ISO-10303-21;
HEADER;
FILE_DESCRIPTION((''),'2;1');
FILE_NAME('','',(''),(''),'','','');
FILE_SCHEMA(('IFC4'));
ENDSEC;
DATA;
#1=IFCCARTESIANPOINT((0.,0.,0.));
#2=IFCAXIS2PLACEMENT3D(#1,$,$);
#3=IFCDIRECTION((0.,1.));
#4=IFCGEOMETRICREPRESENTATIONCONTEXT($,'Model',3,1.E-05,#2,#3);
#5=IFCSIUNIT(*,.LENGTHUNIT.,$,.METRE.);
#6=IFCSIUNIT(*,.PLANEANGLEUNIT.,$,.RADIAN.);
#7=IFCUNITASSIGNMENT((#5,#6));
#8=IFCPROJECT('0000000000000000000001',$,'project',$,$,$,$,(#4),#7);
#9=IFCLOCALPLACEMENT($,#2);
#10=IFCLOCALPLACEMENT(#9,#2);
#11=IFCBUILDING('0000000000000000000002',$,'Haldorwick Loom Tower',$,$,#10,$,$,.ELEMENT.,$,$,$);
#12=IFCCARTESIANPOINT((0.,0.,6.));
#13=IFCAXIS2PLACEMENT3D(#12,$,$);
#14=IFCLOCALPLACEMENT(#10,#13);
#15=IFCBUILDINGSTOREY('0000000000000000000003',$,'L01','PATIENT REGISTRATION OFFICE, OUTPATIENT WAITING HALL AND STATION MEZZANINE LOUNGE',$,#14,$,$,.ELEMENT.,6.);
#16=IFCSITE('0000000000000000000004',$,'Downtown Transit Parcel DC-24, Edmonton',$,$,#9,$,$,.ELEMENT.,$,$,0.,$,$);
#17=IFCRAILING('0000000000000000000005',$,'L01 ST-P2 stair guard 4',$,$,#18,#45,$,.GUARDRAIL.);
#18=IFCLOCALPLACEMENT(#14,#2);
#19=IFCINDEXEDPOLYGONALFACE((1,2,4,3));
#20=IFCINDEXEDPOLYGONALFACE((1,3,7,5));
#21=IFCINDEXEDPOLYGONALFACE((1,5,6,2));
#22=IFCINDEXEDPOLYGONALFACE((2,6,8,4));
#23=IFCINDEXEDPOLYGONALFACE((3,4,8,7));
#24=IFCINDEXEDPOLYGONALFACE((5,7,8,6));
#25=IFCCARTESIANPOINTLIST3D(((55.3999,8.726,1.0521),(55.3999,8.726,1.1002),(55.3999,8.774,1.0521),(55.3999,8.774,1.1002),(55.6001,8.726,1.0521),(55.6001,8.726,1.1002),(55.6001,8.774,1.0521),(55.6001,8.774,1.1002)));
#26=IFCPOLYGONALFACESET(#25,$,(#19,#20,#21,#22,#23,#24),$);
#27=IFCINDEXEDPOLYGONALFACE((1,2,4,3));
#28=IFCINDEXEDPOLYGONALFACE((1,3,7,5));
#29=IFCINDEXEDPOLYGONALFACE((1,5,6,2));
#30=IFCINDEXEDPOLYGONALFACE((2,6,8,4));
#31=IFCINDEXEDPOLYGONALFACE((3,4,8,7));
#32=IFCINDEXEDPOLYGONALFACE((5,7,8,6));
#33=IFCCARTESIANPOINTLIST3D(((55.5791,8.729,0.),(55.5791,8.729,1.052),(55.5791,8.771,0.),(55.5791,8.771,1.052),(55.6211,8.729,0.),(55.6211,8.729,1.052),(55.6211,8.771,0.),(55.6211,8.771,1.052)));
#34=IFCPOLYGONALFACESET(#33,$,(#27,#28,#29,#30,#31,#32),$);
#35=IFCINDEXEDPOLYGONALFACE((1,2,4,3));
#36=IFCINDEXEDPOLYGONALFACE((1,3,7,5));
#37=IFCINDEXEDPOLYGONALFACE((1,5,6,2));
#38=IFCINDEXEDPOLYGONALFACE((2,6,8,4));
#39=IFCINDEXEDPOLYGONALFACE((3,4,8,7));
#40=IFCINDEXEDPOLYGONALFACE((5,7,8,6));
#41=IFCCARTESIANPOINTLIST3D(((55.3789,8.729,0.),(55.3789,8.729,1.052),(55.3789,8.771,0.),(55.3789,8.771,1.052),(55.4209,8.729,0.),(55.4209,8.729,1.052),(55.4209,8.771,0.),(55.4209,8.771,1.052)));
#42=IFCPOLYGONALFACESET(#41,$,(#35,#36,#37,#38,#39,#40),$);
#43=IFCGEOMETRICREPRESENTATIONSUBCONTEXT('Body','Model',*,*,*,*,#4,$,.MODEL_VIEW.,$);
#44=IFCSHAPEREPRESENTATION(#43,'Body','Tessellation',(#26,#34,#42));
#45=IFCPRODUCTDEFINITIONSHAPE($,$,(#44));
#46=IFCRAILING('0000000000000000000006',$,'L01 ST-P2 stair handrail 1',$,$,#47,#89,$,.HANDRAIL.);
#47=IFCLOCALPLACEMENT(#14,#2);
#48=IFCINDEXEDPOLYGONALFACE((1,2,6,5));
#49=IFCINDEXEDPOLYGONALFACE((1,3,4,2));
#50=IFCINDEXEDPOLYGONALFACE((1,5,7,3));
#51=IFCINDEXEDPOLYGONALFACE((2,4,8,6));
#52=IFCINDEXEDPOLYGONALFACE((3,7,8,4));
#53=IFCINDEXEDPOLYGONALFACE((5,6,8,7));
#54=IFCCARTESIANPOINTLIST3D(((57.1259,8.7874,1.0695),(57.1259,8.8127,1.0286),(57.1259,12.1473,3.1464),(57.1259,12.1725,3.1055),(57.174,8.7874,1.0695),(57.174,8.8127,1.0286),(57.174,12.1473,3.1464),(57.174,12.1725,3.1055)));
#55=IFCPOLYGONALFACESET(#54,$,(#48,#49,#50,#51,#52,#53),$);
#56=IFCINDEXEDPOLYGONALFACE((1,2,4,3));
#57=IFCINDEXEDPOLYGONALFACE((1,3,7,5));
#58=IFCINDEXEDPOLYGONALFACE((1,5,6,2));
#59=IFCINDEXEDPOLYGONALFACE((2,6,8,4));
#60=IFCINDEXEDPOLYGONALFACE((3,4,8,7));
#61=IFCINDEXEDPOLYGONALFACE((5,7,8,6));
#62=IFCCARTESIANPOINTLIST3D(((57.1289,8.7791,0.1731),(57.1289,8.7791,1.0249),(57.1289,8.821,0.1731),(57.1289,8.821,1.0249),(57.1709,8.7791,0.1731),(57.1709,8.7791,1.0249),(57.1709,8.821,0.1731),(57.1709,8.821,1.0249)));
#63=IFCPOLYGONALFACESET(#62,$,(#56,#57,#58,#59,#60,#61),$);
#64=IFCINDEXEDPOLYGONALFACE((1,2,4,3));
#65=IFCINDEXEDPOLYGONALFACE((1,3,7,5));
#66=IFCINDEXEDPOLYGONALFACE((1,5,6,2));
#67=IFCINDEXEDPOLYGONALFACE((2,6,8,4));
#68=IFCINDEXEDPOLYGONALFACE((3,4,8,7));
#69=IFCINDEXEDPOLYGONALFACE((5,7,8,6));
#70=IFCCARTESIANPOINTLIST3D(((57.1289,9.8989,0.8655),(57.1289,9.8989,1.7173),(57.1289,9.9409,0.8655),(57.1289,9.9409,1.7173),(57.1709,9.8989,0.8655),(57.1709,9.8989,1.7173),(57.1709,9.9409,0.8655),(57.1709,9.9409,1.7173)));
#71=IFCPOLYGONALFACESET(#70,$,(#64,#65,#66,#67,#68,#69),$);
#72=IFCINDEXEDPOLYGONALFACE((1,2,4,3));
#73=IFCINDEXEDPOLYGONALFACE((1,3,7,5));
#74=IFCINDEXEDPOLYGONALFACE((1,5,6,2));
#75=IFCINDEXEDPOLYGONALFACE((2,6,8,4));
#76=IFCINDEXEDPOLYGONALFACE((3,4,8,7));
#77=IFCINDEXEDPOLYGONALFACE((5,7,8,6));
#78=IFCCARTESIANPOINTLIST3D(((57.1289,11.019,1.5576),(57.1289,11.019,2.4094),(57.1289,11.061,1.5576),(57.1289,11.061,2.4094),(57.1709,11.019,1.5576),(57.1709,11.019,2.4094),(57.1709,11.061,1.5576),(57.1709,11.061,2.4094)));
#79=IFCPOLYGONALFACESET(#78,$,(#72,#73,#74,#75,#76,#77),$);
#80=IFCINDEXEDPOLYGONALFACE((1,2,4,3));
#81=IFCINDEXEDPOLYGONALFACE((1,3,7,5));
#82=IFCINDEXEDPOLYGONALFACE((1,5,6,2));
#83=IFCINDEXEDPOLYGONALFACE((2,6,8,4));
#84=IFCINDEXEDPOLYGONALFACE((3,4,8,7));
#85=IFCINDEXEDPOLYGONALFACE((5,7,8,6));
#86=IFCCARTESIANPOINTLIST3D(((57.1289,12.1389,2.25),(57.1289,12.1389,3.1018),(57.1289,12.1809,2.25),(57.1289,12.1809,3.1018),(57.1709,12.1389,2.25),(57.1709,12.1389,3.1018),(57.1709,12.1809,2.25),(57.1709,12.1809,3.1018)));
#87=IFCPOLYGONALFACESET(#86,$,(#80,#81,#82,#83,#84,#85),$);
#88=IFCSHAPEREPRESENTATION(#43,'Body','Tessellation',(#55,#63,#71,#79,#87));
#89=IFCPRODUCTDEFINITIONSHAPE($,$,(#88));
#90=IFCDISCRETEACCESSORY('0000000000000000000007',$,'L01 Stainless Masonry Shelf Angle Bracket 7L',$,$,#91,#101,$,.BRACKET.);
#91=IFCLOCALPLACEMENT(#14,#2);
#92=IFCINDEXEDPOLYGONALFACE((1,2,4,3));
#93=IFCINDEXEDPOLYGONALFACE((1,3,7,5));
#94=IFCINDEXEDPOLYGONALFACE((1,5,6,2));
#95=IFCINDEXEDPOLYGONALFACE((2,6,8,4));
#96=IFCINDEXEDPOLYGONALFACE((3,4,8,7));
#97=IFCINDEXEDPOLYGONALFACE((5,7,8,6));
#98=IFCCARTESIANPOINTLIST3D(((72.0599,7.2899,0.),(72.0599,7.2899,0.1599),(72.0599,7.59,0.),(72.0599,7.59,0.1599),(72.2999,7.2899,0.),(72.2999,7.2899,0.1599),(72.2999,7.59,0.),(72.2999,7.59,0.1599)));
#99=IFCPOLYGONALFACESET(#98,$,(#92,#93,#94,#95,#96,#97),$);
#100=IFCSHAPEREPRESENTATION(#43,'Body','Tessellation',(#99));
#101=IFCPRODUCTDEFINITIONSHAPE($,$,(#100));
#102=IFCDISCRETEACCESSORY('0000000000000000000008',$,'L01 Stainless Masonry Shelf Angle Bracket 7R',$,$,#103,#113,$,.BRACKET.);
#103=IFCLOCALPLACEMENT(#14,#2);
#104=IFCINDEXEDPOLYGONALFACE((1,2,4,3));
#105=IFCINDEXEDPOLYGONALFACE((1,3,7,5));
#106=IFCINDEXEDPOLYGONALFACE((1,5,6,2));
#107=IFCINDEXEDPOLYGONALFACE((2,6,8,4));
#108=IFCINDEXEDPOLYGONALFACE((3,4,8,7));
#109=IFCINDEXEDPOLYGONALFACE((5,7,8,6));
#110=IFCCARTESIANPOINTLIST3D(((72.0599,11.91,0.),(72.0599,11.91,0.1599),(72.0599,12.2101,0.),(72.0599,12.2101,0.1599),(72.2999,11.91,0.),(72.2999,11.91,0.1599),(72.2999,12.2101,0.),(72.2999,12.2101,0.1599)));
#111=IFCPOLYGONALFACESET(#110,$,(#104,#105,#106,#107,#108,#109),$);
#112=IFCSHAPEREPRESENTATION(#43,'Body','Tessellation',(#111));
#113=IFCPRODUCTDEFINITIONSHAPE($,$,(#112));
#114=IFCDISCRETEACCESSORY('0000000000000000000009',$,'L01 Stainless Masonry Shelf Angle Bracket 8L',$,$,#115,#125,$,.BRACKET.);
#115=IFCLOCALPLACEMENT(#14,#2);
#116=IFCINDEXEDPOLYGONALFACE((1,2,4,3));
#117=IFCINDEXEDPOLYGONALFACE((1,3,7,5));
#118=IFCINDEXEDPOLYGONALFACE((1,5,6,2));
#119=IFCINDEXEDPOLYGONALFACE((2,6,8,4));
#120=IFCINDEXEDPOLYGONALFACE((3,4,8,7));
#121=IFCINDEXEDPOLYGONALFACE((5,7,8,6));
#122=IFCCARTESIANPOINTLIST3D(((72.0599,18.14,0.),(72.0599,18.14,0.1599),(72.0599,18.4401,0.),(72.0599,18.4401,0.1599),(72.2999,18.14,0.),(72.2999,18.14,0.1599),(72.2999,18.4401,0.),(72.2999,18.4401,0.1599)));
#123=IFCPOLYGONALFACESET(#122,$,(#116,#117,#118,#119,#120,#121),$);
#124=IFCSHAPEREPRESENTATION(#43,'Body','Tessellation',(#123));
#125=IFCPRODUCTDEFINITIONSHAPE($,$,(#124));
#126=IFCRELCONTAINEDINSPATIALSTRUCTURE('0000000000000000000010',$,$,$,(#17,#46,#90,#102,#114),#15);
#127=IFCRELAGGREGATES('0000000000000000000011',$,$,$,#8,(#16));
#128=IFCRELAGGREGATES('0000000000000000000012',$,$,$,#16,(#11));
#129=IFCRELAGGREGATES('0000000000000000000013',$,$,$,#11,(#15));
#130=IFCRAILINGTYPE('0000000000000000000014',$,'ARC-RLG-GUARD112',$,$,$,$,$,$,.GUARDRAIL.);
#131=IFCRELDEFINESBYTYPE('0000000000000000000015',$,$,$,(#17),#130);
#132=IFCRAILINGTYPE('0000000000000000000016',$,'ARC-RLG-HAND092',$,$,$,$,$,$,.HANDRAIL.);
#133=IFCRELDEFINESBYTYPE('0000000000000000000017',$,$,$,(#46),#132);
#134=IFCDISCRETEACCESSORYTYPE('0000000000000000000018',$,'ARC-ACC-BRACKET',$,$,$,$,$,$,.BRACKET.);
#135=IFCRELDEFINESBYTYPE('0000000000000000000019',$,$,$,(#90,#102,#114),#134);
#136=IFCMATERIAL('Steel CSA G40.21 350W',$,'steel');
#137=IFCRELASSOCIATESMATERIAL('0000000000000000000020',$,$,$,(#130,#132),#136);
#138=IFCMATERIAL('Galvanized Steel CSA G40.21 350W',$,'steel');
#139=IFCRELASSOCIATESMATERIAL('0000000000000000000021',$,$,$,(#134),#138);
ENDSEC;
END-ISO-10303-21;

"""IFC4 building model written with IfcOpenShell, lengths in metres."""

from ifc_helpers import new_model, si_unit, direction, frame, origin, origin_2d, place, context, subcontext, project, spatial, rectangle, extrude, material, type_object, element, save


model = new_model("IFC4")

# Units and contexts
model_context = context("Model", 3, precision=1e-05, world=origin(), true_north=direction((0.0, 1.0)))
body_context = subcontext(model_context, "Body", "Model", "MODEL_VIEW")
ifc_project = project(units=[si_unit("LENGTHUNIT", "METRE"), si_unit("PLANEANGLEUNIT", "RADIAN")], contexts=[model_context])

# Site, building, storey
site_placement = place(None, origin())
site = spatial("IfcSite", under=ifc_project, at=site_placement, Name="Downtown Transit Parcel DC-24, Edmonton", CompositionType="ELEMENT", RefElevation=0.0)
building_placement = place(site_placement, origin())
building = spatial("IfcBuilding", under=site, at=building_placement, Name="Haldorwick Loom Tower", CompositionType="ELEMENT")
storey_placement = place(building_placement, frame((0.0, 0.0, 6.0)))
storey = spatial("IfcBuildingStorey", under=building, at=storey_placement, Name="L01", Description="PATIENT REGISTRATION OFFICE, OUTPATIENT WAITING HALL AND STATION MEZZANINE LOUNGE", CompositionType="ELEMENT", Elevation=6.0)

# Shared definitions
ifc_material_1 = material(Name="Steel CSA G40.21 350W", Category="steel")

# Railings
railing_type_1 = type_object("IfcRailingType", Name="ARC-RLG-GUARD112", PredefinedType="GUARDRAIL", material=ifc_material_1)
railing_1_placement = place(storey_placement, frame((55.6001, 8.75, 0.0)))
element("IfcRailing", 1, at=railing_1_placement, inside=storey, type_object=railing_type_1, Name="L01 ST-P2 stair guard 4", PredefinedType="GUARDRAIL", context=body_context, shape_type="SweptSolid", body=[
    extrude(rectangle(XDim=0.0481, YDim=0.0481, at=origin_2d()), frame((0.0, 0.0, 1.0762), z_axis=(-1.0, 0.0, 0.0), x_axis=(0.0, -1.0, 0.0)), (0.0, 0.0, 1.0), 0.2002),
    extrude(rectangle(XDim=0.042, YDim=0.042, at=origin_2d()), origin(), (0.0, 0.0, 1.0), 1.052),
    extrude(rectangle(XDim=0.042, YDim=0.042, at=origin_2d()), frame((-0.2002, 0.0, 0.0)), (0.0, 0.0, 1.0), 1.052),
])
railing_type_2 = type_object("IfcRailingType", Name="ARC-RLG-HAND092", PredefinedType="HANDRAIL", material=ifc_material_1)
railing_2_placement = place(storey_placement, frame((57.1499, 8.8, 0.1731)))
element("IfcRailing", 2, at=railing_2_placement, inside=storey, type_object=railing_type_2, Name="L01 ST-P2 stair handrail 1", PredefinedType="HANDRAIL", context=body_context, shape_type="SweptSolid", body=[
    extrude(rectangle(XDim=0.0481, YDim=0.0481, at=origin_2d()), frame((0.0, 0.0, 0.876), z_axis=(0.0, 0.850606, 0.525803), x_axis=(-1.0, 0.0, 0.0)), (0.0, 0.0, 1.0), 3.95),
    extrude(rectangle(XDim=0.042, YDim=0.042, at=origin_2d()), origin(), (0.0, 0.0, 1.0), 0.8518),
    extrude(rectangle(XDim=0.042, YDim=0.042, at=origin_2d()), frame((0.0, 1.1199, 0.6924)), (0.0, 0.0, 1.0), 0.8518),
    extrude(rectangle(XDim=0.042, YDim=0.042, at=origin_2d()), frame((0.0, 2.24, 1.3845)), (0.0, 0.0, 1.0), 0.8518),
    extrude(rectangle(XDim=0.042, YDim=0.042, at=origin_2d()), frame((0.0, 3.3599, 2.0769)), (0.0, 0.0, 1.0), 0.8518),
])

# Discrete accessories
ifc_material_2 = material(Name="Galvanized Steel CSA G40.21 350W", Category="steel")
discrete_accessory_type = type_object("IfcDiscreteAccessoryType", Name="ARC-ACC-BRACKET", PredefinedType="BRACKET", material=ifc_material_2)
for number, where, z_axis, x_axis, name in (
    (3, (72.1799, 7.4399, 0.0), (0.0, 0.0, 1.0), (0.0, 1.0, 0.0), "L01 Stainless Masonry Shelf Angle Bracket 7L"),
    (4, (72.1799, 12.0601, 0.0), (0.0, 0.0, 1.0), (0.0, 1.0, 0.0), "L01 Stainless Masonry Shelf Angle Bracket 7R"),
    (5, (72.1799, 18.29, 0.0), (0.0, 0.0, 1.0), (0.0, 1.0, 0.0), "L01 Stainless Masonry Shelf Angle Bracket 8L"),
):
    element("IfcDiscreteAccessory", number, at=place(storey_placement, frame(where, z_axis=z_axis, x_axis=x_axis)), inside=storey, type_object=discrete_accessory_type, Name=name, PredefinedType="BRACKET", context=body_context, shape_type="SweptSolid", body=[
        extrude(rectangle(XDim=0.3, YDim=0.24, at=origin_2d()), origin(), (0.0, 0.0, 1.0), 0.1599),
    ])

save(model, "model.ifc")
